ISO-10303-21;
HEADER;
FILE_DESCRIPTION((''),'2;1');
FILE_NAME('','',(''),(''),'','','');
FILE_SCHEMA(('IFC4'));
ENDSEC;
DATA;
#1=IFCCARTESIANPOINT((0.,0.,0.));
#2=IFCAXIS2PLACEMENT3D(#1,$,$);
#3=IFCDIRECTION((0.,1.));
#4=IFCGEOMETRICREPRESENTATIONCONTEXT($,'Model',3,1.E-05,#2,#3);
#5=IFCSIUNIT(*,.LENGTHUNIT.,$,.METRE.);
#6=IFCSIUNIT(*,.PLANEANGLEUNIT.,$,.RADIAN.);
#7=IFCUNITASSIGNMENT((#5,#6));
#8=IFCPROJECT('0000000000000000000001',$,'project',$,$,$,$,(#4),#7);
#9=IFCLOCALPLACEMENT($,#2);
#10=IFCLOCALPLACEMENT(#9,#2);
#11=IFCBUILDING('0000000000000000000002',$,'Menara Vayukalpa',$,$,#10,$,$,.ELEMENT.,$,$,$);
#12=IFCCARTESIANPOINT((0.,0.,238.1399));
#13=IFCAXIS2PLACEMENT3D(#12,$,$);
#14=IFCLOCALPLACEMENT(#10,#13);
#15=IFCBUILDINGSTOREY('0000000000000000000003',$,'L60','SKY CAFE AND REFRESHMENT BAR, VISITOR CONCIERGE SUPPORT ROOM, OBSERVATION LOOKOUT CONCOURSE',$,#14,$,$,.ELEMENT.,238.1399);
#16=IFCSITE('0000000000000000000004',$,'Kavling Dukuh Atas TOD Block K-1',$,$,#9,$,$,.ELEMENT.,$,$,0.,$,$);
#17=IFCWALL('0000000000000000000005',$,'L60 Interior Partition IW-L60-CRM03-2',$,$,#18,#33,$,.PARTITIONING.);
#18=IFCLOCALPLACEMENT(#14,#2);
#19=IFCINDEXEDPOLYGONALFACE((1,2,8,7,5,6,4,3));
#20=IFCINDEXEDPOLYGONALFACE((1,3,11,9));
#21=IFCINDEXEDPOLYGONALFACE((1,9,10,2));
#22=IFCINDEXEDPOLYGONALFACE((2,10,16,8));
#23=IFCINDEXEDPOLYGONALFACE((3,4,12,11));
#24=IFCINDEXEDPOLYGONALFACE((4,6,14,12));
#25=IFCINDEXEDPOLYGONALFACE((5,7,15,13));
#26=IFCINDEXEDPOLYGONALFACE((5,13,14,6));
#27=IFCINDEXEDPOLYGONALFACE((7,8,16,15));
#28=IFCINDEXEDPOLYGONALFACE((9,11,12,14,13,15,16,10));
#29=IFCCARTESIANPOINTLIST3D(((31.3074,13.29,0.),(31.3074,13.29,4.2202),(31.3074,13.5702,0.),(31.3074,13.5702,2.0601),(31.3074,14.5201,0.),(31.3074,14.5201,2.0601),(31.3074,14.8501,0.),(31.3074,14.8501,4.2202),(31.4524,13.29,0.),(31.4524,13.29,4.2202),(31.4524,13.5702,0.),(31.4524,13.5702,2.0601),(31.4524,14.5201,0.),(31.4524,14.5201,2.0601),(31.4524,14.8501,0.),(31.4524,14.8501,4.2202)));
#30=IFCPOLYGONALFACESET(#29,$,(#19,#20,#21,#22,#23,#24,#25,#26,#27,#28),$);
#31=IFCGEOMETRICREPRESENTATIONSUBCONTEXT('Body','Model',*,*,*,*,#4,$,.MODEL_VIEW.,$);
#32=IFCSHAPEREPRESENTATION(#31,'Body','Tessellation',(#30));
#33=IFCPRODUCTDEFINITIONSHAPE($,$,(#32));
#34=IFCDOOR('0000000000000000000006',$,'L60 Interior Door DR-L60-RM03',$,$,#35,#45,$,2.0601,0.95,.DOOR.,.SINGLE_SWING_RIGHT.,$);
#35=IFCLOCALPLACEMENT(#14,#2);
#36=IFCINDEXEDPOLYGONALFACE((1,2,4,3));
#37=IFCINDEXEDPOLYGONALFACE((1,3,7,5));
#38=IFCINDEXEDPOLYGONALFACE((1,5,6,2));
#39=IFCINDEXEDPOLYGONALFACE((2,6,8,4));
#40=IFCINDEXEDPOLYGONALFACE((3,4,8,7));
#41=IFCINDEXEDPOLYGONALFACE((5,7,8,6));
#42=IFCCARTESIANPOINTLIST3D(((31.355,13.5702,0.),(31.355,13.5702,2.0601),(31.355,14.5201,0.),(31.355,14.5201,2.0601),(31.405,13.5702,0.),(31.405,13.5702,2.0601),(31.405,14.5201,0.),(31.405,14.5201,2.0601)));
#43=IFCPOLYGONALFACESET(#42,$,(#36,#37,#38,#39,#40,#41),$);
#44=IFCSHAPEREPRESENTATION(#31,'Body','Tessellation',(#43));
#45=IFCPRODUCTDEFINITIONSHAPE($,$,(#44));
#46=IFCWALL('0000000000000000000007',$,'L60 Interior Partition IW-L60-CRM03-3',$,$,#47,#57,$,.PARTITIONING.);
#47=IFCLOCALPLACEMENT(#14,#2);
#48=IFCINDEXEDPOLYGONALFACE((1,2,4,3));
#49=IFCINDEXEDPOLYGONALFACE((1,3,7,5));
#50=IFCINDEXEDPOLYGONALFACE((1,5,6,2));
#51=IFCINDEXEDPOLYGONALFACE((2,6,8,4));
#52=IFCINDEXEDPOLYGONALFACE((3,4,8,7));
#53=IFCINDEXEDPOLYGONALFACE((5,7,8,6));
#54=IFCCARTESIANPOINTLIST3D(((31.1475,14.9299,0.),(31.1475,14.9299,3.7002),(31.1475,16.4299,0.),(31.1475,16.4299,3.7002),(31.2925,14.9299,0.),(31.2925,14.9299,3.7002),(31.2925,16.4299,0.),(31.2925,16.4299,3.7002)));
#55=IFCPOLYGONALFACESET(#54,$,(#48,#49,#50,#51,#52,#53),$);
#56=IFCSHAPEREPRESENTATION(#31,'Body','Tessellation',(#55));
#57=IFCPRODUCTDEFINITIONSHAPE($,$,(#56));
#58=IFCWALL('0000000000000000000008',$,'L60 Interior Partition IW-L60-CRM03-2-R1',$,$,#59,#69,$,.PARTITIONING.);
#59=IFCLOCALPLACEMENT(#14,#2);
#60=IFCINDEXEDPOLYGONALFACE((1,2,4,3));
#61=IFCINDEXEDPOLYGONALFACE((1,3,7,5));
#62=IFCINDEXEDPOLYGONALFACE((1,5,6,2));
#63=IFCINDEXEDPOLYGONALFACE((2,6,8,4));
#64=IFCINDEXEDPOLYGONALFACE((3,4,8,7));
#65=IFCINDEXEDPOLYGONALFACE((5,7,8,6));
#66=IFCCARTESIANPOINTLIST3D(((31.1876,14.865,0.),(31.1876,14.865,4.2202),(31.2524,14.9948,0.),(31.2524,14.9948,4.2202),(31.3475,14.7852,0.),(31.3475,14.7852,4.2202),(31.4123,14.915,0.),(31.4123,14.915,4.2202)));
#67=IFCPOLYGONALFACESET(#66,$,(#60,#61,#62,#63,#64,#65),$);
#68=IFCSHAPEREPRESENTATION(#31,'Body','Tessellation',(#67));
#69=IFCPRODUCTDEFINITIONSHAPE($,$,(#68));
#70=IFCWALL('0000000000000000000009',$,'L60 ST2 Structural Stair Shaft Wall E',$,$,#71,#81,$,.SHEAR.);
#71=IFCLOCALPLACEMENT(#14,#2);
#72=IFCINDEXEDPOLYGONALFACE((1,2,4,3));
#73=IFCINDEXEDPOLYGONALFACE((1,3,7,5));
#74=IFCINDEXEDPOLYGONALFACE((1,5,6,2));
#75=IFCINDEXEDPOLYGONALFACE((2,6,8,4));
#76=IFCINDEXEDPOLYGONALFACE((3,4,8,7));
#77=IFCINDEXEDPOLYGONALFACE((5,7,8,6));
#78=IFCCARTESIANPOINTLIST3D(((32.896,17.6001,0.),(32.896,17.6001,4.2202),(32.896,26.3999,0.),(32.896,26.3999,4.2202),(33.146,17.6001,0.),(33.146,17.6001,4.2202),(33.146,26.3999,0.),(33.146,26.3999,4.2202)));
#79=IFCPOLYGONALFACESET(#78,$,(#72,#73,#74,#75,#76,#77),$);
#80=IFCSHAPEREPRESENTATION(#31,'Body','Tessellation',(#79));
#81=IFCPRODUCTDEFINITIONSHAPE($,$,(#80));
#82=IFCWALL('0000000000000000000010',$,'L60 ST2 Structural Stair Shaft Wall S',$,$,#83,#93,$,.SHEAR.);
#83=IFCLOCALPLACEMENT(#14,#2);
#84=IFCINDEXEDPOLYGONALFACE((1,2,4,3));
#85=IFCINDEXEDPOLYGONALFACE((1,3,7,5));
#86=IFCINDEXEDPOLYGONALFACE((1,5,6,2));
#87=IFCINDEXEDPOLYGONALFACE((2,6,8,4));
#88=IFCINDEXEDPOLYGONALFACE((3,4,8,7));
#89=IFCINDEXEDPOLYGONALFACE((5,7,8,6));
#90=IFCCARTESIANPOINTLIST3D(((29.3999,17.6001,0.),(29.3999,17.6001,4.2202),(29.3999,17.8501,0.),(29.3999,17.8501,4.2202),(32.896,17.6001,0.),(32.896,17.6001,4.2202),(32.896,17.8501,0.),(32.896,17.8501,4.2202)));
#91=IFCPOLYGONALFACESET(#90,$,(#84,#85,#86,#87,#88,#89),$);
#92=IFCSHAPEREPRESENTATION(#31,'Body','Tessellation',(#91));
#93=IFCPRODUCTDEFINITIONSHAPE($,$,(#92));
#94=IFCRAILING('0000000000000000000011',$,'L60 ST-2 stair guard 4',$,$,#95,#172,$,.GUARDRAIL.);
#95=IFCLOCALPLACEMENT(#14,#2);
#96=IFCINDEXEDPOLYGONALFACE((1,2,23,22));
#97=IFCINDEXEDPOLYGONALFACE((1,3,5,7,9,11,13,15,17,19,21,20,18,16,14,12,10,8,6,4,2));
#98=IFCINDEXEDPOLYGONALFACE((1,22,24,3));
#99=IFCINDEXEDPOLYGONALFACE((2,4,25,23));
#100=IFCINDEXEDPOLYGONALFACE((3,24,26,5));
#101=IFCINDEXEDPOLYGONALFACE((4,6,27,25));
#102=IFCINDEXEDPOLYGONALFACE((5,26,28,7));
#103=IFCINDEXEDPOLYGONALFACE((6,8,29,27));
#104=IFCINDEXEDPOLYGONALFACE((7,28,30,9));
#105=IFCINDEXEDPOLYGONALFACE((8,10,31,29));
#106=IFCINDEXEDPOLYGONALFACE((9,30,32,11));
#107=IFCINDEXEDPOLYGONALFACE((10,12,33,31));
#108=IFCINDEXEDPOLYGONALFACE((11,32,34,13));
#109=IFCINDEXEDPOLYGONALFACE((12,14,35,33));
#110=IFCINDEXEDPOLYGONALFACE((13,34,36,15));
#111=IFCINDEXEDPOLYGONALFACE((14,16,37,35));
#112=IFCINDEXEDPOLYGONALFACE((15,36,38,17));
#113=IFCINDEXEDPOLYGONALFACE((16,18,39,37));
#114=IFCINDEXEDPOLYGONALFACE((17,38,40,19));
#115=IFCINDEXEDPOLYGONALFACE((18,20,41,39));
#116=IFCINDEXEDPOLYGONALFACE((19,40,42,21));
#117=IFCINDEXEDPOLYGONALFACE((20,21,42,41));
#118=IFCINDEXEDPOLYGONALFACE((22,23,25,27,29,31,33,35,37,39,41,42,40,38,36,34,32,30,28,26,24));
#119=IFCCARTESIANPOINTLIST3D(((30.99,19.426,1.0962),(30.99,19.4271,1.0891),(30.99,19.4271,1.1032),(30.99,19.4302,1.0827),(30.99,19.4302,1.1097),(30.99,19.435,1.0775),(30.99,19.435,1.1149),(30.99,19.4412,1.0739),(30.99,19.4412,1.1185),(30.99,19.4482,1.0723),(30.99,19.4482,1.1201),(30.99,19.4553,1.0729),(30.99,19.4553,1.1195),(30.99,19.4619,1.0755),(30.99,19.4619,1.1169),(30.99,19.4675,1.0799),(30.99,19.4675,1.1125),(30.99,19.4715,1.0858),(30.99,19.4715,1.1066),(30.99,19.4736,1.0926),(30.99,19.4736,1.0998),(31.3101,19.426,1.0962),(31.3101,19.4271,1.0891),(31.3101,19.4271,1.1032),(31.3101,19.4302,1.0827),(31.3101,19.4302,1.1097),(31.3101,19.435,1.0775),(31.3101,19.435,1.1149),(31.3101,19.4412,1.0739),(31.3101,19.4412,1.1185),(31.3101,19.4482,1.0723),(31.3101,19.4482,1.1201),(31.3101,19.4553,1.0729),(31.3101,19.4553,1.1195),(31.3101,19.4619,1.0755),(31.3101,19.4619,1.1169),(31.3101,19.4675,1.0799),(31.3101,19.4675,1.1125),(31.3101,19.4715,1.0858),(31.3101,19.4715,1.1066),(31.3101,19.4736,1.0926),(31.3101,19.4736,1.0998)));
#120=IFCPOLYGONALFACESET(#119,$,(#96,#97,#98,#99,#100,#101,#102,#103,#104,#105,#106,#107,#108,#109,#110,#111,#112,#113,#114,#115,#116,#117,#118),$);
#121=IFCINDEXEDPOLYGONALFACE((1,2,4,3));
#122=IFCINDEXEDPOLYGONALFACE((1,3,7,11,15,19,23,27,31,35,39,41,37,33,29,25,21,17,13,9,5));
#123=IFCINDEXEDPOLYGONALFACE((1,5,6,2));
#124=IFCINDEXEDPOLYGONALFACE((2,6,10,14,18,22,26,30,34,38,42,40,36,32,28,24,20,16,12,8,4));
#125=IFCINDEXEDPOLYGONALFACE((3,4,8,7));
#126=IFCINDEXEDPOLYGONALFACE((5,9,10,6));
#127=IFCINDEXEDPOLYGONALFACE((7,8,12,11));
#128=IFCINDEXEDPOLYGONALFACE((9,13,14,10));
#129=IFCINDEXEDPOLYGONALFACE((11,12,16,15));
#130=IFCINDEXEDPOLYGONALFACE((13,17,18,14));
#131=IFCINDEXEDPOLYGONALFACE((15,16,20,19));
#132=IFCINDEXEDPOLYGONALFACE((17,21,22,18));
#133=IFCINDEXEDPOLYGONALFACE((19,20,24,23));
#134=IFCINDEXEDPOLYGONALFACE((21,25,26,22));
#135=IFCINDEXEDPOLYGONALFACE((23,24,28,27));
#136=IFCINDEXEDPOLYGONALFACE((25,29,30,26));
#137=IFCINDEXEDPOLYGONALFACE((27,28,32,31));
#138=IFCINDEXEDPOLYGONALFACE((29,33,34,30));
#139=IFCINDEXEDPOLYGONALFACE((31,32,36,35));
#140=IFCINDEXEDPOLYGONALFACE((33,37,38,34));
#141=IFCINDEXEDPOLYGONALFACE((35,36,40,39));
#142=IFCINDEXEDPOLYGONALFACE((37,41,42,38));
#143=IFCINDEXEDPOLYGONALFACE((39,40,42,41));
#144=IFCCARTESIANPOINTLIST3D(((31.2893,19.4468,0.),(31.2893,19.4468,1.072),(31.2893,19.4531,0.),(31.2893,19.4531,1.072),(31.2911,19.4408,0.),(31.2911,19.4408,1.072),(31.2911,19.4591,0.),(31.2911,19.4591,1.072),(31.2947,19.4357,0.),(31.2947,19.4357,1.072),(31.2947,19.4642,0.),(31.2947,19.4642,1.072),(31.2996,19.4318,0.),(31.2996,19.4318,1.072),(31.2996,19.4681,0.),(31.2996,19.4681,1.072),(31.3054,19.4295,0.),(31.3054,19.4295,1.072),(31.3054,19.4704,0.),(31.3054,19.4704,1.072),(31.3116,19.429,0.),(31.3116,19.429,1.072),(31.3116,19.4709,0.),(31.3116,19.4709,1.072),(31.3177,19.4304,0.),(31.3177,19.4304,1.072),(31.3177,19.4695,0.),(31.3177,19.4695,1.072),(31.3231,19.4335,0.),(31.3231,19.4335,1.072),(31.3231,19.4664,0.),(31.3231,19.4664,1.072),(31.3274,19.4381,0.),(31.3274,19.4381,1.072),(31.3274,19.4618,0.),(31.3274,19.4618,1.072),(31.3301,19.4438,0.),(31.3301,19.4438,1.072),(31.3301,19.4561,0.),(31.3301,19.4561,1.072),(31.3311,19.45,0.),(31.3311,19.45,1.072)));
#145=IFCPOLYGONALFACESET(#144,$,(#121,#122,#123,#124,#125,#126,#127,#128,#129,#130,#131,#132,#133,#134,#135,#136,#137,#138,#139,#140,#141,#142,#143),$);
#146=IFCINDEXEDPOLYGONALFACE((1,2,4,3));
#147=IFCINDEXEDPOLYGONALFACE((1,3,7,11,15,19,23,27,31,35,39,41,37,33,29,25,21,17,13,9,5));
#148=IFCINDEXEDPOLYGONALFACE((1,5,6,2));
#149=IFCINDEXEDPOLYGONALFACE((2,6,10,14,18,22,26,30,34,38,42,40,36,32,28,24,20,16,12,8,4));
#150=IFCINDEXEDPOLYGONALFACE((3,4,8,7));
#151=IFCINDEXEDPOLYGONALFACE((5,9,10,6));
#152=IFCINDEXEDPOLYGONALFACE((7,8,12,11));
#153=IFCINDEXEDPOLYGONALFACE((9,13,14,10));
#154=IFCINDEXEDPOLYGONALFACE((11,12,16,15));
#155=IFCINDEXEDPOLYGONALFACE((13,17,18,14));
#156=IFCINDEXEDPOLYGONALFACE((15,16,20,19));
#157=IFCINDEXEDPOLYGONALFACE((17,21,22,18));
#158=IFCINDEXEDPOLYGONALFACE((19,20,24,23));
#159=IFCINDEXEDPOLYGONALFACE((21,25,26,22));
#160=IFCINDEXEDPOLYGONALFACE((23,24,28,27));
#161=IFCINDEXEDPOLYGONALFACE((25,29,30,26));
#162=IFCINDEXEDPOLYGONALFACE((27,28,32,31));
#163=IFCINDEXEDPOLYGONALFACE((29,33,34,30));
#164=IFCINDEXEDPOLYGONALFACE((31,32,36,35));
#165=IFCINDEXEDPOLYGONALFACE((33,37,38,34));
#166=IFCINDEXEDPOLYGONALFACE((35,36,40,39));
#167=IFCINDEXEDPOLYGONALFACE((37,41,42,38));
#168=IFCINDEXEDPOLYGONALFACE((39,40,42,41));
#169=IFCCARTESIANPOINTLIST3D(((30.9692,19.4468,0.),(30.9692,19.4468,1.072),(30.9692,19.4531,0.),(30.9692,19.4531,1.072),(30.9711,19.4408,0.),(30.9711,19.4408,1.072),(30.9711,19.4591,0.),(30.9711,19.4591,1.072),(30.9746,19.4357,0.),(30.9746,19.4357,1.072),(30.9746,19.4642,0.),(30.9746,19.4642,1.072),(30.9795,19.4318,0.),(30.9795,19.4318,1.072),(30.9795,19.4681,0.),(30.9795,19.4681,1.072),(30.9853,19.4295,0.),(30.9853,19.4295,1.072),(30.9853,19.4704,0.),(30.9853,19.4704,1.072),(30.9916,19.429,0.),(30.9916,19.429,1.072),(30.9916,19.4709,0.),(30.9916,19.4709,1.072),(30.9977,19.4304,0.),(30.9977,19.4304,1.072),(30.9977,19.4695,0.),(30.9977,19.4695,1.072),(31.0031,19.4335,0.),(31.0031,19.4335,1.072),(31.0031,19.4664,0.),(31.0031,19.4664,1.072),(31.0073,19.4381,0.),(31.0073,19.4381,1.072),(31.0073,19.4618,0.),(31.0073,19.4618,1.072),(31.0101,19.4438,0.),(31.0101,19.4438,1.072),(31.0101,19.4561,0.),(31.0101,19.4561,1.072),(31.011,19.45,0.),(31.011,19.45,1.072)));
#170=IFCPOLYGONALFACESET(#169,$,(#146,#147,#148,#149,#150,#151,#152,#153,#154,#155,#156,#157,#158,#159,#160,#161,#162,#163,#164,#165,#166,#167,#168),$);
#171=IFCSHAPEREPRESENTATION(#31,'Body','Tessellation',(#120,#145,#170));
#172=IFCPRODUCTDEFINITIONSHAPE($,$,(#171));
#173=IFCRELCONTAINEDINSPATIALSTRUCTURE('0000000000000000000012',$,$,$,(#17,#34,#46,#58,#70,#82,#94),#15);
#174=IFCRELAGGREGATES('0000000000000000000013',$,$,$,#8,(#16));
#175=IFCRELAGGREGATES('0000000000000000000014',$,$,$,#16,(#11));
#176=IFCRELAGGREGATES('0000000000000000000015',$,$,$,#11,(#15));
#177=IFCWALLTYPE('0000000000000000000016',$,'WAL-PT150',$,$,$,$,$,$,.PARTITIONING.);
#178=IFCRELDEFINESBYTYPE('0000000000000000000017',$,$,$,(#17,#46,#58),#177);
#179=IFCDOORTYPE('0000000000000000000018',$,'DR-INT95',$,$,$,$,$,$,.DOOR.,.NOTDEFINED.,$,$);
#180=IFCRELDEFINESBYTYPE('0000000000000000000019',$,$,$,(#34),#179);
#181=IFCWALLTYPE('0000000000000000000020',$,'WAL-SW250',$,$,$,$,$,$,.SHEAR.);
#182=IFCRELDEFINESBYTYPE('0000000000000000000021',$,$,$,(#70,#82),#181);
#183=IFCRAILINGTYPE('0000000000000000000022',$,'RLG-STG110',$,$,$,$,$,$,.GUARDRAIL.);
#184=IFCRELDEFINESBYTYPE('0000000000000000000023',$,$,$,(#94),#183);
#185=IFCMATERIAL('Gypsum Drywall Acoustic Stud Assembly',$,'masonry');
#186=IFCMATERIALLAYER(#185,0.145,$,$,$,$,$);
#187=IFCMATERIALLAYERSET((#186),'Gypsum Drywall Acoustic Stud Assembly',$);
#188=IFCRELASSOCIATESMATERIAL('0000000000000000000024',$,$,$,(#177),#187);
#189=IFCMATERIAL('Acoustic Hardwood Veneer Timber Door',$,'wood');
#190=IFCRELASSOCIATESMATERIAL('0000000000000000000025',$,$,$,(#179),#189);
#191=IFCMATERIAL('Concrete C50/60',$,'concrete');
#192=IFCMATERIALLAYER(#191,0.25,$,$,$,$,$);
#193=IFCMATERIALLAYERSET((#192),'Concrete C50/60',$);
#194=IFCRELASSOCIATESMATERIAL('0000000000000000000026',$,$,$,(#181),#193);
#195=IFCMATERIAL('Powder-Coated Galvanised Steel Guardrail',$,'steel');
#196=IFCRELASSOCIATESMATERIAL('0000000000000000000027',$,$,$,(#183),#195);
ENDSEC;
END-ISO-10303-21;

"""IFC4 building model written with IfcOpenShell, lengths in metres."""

from ifc_helpers import new_model, si_unit, direction, frame, frame_2d, origin, origin_2d, place, context, subcontext, project, spatial, rectangle, circle, extrude, material, layer, layer_set, type_object, element, fill, save


model = new_model("IFC4")

# Units and contexts
model_context = context("Model", 3, precision=1e-05, world=origin(), true_north=direction((0.0, 1.0)))
body_context = subcontext(model_context, "Body", "Model", "MODEL_VIEW")
ifc_project = project(units=[si_unit("LENGTHUNIT", "METRE"), si_unit("PLANEANGLEUNIT", "RADIAN")], contexts=[model_context])

# Site, building, storey
site_placement = place(None, origin())
site = spatial("IfcSite", under=ifc_project, at=site_placement, Name="Kavling Dukuh Atas TOD Block K-1", CompositionType="ELEMENT", RefElevation=0.0)
building_placement = place(site_placement, origin())
building = spatial("IfcBuilding", under=site, at=building_placement, Name="Menara Vayukalpa", CompositionType="ELEMENT")
storey_placement = place(building_placement, frame((0.0, 0.0, 238.1399)))
storey = spatial("IfcBuildingStorey", under=building, at=storey_placement, Name="L60", Description="SKY CAFE AND REFRESHMENT BAR, VISITOR CONCIERGE SUPPORT ROOM, OBSERVATION LOOKOUT CONCOURSE", CompositionType="ELEMENT", Elevation=238.1399)

# Wall, opening, door
ifc_material_1 = material(Name="Gypsum Drywall Acoustic Stud Assembly", Category="masonry")
ifc_layer_1 = layer(ifc_material_1, 0.145)
ifc_layer_set_1 = layer_set([ifc_layer_1], Name="Gypsum Drywall Acoustic Stud Assembly")
wall_type_1 = type_object("IfcWallType", Name="WAL-PT150", PredefinedType="PARTITIONING", material=ifc_layer_set_1)
wall_1_placement = place(storey_placement, frame((31.3799, 13.29, 0.0), z_axis=(0.0, 0.0, 1.0), x_axis=(0.0, 1.0, 0.0)))
wall_1 = element("IfcWall", 1, at=wall_1_placement, inside=storey, type_object=wall_type_1, Name="L60 Interior Partition IW-L60-CRM03-2", PredefinedType="PARTITIONING", context=body_context, shape_type="SweptSolid", body=[
    extrude(rectangle(XDim=1.5601, YDim=0.145, at=frame_2d((0.78, 0.0))), origin(), (0.0, 0.0, 1.0), 4.2202),
])
opening_1_placement = place(wall_1_placement, frame((0.28, 0.0, 0.0)))
opening_1 = element("IfcOpeningElement", 2, at=opening_1_placement, cuts=wall_1, PredefinedType="OPENING", context=body_context, shape_type="SweptSolid", body=[
    extrude(rectangle(XDim=0.95, YDim=2.0601, at=frame_2d((0.4751, 1.03))), frame((0.0, 0.0825, 0.0), z_axis=(0.0, -1.0, 0.0), x_axis=(1.0, 0.0, 0.0)), (0.0, 0.0, 1.0), 0.165),
])
ifc_material_2 = material(Name="Acoustic Hardwood Veneer Timber Door", Category="wood")
door_type_1 = type_object("IfcDoorType", Name="DR-INT95", OperationType="NOTDEFINED", PredefinedType="DOOR", material=ifc_material_2)
door_1_placement = place(opening_1_placement, origin())
door_1 = element("IfcDoor", 3, at=door_1_placement, inside=storey, type_object=door_type_1, Name="L60 Interior Door DR-L60-RM03", OperationType="SINGLE_SWING_RIGHT", OverallHeight=2.0601, OverallWidth=0.95, PredefinedType="DOOR", context=body_context, shape_type="SweptSolid", body=[
    extrude(rectangle(XDim=0.95, YDim=2.0601, at=frame_2d((0.4751, 1.03))), frame((0.0, 0.0249, 0.0), z_axis=(0.0, -1.0, 0.0), x_axis=(1.0, 0.0, 0.0)), (0.0, 0.0, 1.0), 0.05),
])
fill(opening_1, door_1)

# Walls
wall_2_placement = place(storey_placement, frame((31.22, 14.9299, 0.0), z_axis=(0.0, 0.0, 1.0), x_axis=(0.0, 1.0, 0.0)))
element("IfcWall", 4, at=wall_2_placement, inside=storey, type_object=wall_type_1, Name="L60 Interior Partition IW-L60-CRM03-3", PredefinedType="PARTITIONING", context=body_context, shape_type="SweptSolid", body=[
    extrude(rectangle(XDim=1.5, YDim=0.145, at=frame_2d((0.75, 0.0))), origin(), (0.0, 0.0, 1.0), 3.7002),
])
wall_3_placement = place(storey_placement, frame((31.3799, 14.8501, 0.0), z_axis=(0.0, 0.0, 1.0), x_axis=(-0.8947, 0.446667, 0.0)))
element("IfcWall", 5, at=wall_3_placement, inside=storey, type_object=wall_type_1, Name="L60 Interior Partition IW-L60-CRM03-2-R1", PredefinedType="PARTITIONING", context=body_context, shape_type="SweptSolid", body=[
    extrude(rectangle(XDim=0.1787, YDim=0.145, at=frame_2d((0.0894, 0.0))), origin(), (0.0, 0.0, 1.0), 4.2202),
])
ifc_material_3 = material(Name="Concrete C50/60", Category="concrete")
ifc_layer_2 = layer(ifc_material_3, 0.25)
ifc_layer_set_2 = layer_set([ifc_layer_2], Name="Concrete C50/60")
wall_type_2 = type_object("IfcWallType", Name="WAL-SW250", PredefinedType="SHEAR", material=ifc_layer_set_2)
wall_4_placement = place(storey_placement, frame((33.021, 17.6001, 0.0), z_axis=(0.0, 0.0, 1.0), x_axis=(0.0, 1.0, 0.0)))
element("IfcWall", 6, at=wall_4_placement, inside=storey, type_object=wall_type_2, Name="L60 ST2 Structural Stair Shaft Wall E", PredefinedType="SHEAR", context=body_context, shape_type="SweptSolid", body=[
    extrude(rectangle(XDim=8.7998, YDim=0.25, at=frame_2d((4.3999, 0.0))), origin(), (0.0, 0.0, 1.0), 4.2202),
])
wall_5_placement = place(storey_placement, frame((29.3999, 17.7251, 0.0), z_axis=(0.0, 0.0, 1.0), x_axis=(1.0, 0.0, 0.0)))
element("IfcWall", 7, at=wall_5_placement, inside=storey, type_object=wall_type_2, Name="L60 ST2 Structural Stair Shaft Wall S", PredefinedType="SHEAR", context=body_context, shape_type="SweptSolid", body=[
    extrude(rectangle(XDim=3.4961, YDim=0.25, at=frame_2d((1.748, 0.0))), origin(), (0.0, 0.0, 1.0), 4.2202),
])

# Railing
ifc_material_4 = material(Name="Powder-Coated Galvanised Steel Guardrail", Category="steel")
railing_type = type_object("IfcRailingType", Name="RLG-STG110", PredefinedType="GUARDRAIL", material=ifc_material_4)
railing_placement = place(storey_placement, frame((31.3101, 19.45, 0.0)))
element("IfcRailing", 8, at=railing_placement, inside=storey, type_object=railing_type, Name="L60 ST-2 stair guard 4", PredefinedType="GUARDRAIL", context=body_context, shape_type="SweptSolid", body=[
    extrude(circle(Radius=0.0239, at=origin_2d()), frame((0.0, 0.0, 1.0962), z_axis=(-1.0, 0.0, 0.0), x_axis=(0.0, -1.0, 0.0)), (0.0, 0.0, 1.0), 0.3201),
    extrude(circle(Radius=0.021, at=origin_2d()), origin(), (0.0, 0.0, 1.0), 1.072),
    extrude(circle(Radius=0.021, at=origin_2d()), frame((-0.3201, 0.0, 0.0)), (0.0, 0.0, 1.0), 1.072),
])

save(model, "model.ifc")
